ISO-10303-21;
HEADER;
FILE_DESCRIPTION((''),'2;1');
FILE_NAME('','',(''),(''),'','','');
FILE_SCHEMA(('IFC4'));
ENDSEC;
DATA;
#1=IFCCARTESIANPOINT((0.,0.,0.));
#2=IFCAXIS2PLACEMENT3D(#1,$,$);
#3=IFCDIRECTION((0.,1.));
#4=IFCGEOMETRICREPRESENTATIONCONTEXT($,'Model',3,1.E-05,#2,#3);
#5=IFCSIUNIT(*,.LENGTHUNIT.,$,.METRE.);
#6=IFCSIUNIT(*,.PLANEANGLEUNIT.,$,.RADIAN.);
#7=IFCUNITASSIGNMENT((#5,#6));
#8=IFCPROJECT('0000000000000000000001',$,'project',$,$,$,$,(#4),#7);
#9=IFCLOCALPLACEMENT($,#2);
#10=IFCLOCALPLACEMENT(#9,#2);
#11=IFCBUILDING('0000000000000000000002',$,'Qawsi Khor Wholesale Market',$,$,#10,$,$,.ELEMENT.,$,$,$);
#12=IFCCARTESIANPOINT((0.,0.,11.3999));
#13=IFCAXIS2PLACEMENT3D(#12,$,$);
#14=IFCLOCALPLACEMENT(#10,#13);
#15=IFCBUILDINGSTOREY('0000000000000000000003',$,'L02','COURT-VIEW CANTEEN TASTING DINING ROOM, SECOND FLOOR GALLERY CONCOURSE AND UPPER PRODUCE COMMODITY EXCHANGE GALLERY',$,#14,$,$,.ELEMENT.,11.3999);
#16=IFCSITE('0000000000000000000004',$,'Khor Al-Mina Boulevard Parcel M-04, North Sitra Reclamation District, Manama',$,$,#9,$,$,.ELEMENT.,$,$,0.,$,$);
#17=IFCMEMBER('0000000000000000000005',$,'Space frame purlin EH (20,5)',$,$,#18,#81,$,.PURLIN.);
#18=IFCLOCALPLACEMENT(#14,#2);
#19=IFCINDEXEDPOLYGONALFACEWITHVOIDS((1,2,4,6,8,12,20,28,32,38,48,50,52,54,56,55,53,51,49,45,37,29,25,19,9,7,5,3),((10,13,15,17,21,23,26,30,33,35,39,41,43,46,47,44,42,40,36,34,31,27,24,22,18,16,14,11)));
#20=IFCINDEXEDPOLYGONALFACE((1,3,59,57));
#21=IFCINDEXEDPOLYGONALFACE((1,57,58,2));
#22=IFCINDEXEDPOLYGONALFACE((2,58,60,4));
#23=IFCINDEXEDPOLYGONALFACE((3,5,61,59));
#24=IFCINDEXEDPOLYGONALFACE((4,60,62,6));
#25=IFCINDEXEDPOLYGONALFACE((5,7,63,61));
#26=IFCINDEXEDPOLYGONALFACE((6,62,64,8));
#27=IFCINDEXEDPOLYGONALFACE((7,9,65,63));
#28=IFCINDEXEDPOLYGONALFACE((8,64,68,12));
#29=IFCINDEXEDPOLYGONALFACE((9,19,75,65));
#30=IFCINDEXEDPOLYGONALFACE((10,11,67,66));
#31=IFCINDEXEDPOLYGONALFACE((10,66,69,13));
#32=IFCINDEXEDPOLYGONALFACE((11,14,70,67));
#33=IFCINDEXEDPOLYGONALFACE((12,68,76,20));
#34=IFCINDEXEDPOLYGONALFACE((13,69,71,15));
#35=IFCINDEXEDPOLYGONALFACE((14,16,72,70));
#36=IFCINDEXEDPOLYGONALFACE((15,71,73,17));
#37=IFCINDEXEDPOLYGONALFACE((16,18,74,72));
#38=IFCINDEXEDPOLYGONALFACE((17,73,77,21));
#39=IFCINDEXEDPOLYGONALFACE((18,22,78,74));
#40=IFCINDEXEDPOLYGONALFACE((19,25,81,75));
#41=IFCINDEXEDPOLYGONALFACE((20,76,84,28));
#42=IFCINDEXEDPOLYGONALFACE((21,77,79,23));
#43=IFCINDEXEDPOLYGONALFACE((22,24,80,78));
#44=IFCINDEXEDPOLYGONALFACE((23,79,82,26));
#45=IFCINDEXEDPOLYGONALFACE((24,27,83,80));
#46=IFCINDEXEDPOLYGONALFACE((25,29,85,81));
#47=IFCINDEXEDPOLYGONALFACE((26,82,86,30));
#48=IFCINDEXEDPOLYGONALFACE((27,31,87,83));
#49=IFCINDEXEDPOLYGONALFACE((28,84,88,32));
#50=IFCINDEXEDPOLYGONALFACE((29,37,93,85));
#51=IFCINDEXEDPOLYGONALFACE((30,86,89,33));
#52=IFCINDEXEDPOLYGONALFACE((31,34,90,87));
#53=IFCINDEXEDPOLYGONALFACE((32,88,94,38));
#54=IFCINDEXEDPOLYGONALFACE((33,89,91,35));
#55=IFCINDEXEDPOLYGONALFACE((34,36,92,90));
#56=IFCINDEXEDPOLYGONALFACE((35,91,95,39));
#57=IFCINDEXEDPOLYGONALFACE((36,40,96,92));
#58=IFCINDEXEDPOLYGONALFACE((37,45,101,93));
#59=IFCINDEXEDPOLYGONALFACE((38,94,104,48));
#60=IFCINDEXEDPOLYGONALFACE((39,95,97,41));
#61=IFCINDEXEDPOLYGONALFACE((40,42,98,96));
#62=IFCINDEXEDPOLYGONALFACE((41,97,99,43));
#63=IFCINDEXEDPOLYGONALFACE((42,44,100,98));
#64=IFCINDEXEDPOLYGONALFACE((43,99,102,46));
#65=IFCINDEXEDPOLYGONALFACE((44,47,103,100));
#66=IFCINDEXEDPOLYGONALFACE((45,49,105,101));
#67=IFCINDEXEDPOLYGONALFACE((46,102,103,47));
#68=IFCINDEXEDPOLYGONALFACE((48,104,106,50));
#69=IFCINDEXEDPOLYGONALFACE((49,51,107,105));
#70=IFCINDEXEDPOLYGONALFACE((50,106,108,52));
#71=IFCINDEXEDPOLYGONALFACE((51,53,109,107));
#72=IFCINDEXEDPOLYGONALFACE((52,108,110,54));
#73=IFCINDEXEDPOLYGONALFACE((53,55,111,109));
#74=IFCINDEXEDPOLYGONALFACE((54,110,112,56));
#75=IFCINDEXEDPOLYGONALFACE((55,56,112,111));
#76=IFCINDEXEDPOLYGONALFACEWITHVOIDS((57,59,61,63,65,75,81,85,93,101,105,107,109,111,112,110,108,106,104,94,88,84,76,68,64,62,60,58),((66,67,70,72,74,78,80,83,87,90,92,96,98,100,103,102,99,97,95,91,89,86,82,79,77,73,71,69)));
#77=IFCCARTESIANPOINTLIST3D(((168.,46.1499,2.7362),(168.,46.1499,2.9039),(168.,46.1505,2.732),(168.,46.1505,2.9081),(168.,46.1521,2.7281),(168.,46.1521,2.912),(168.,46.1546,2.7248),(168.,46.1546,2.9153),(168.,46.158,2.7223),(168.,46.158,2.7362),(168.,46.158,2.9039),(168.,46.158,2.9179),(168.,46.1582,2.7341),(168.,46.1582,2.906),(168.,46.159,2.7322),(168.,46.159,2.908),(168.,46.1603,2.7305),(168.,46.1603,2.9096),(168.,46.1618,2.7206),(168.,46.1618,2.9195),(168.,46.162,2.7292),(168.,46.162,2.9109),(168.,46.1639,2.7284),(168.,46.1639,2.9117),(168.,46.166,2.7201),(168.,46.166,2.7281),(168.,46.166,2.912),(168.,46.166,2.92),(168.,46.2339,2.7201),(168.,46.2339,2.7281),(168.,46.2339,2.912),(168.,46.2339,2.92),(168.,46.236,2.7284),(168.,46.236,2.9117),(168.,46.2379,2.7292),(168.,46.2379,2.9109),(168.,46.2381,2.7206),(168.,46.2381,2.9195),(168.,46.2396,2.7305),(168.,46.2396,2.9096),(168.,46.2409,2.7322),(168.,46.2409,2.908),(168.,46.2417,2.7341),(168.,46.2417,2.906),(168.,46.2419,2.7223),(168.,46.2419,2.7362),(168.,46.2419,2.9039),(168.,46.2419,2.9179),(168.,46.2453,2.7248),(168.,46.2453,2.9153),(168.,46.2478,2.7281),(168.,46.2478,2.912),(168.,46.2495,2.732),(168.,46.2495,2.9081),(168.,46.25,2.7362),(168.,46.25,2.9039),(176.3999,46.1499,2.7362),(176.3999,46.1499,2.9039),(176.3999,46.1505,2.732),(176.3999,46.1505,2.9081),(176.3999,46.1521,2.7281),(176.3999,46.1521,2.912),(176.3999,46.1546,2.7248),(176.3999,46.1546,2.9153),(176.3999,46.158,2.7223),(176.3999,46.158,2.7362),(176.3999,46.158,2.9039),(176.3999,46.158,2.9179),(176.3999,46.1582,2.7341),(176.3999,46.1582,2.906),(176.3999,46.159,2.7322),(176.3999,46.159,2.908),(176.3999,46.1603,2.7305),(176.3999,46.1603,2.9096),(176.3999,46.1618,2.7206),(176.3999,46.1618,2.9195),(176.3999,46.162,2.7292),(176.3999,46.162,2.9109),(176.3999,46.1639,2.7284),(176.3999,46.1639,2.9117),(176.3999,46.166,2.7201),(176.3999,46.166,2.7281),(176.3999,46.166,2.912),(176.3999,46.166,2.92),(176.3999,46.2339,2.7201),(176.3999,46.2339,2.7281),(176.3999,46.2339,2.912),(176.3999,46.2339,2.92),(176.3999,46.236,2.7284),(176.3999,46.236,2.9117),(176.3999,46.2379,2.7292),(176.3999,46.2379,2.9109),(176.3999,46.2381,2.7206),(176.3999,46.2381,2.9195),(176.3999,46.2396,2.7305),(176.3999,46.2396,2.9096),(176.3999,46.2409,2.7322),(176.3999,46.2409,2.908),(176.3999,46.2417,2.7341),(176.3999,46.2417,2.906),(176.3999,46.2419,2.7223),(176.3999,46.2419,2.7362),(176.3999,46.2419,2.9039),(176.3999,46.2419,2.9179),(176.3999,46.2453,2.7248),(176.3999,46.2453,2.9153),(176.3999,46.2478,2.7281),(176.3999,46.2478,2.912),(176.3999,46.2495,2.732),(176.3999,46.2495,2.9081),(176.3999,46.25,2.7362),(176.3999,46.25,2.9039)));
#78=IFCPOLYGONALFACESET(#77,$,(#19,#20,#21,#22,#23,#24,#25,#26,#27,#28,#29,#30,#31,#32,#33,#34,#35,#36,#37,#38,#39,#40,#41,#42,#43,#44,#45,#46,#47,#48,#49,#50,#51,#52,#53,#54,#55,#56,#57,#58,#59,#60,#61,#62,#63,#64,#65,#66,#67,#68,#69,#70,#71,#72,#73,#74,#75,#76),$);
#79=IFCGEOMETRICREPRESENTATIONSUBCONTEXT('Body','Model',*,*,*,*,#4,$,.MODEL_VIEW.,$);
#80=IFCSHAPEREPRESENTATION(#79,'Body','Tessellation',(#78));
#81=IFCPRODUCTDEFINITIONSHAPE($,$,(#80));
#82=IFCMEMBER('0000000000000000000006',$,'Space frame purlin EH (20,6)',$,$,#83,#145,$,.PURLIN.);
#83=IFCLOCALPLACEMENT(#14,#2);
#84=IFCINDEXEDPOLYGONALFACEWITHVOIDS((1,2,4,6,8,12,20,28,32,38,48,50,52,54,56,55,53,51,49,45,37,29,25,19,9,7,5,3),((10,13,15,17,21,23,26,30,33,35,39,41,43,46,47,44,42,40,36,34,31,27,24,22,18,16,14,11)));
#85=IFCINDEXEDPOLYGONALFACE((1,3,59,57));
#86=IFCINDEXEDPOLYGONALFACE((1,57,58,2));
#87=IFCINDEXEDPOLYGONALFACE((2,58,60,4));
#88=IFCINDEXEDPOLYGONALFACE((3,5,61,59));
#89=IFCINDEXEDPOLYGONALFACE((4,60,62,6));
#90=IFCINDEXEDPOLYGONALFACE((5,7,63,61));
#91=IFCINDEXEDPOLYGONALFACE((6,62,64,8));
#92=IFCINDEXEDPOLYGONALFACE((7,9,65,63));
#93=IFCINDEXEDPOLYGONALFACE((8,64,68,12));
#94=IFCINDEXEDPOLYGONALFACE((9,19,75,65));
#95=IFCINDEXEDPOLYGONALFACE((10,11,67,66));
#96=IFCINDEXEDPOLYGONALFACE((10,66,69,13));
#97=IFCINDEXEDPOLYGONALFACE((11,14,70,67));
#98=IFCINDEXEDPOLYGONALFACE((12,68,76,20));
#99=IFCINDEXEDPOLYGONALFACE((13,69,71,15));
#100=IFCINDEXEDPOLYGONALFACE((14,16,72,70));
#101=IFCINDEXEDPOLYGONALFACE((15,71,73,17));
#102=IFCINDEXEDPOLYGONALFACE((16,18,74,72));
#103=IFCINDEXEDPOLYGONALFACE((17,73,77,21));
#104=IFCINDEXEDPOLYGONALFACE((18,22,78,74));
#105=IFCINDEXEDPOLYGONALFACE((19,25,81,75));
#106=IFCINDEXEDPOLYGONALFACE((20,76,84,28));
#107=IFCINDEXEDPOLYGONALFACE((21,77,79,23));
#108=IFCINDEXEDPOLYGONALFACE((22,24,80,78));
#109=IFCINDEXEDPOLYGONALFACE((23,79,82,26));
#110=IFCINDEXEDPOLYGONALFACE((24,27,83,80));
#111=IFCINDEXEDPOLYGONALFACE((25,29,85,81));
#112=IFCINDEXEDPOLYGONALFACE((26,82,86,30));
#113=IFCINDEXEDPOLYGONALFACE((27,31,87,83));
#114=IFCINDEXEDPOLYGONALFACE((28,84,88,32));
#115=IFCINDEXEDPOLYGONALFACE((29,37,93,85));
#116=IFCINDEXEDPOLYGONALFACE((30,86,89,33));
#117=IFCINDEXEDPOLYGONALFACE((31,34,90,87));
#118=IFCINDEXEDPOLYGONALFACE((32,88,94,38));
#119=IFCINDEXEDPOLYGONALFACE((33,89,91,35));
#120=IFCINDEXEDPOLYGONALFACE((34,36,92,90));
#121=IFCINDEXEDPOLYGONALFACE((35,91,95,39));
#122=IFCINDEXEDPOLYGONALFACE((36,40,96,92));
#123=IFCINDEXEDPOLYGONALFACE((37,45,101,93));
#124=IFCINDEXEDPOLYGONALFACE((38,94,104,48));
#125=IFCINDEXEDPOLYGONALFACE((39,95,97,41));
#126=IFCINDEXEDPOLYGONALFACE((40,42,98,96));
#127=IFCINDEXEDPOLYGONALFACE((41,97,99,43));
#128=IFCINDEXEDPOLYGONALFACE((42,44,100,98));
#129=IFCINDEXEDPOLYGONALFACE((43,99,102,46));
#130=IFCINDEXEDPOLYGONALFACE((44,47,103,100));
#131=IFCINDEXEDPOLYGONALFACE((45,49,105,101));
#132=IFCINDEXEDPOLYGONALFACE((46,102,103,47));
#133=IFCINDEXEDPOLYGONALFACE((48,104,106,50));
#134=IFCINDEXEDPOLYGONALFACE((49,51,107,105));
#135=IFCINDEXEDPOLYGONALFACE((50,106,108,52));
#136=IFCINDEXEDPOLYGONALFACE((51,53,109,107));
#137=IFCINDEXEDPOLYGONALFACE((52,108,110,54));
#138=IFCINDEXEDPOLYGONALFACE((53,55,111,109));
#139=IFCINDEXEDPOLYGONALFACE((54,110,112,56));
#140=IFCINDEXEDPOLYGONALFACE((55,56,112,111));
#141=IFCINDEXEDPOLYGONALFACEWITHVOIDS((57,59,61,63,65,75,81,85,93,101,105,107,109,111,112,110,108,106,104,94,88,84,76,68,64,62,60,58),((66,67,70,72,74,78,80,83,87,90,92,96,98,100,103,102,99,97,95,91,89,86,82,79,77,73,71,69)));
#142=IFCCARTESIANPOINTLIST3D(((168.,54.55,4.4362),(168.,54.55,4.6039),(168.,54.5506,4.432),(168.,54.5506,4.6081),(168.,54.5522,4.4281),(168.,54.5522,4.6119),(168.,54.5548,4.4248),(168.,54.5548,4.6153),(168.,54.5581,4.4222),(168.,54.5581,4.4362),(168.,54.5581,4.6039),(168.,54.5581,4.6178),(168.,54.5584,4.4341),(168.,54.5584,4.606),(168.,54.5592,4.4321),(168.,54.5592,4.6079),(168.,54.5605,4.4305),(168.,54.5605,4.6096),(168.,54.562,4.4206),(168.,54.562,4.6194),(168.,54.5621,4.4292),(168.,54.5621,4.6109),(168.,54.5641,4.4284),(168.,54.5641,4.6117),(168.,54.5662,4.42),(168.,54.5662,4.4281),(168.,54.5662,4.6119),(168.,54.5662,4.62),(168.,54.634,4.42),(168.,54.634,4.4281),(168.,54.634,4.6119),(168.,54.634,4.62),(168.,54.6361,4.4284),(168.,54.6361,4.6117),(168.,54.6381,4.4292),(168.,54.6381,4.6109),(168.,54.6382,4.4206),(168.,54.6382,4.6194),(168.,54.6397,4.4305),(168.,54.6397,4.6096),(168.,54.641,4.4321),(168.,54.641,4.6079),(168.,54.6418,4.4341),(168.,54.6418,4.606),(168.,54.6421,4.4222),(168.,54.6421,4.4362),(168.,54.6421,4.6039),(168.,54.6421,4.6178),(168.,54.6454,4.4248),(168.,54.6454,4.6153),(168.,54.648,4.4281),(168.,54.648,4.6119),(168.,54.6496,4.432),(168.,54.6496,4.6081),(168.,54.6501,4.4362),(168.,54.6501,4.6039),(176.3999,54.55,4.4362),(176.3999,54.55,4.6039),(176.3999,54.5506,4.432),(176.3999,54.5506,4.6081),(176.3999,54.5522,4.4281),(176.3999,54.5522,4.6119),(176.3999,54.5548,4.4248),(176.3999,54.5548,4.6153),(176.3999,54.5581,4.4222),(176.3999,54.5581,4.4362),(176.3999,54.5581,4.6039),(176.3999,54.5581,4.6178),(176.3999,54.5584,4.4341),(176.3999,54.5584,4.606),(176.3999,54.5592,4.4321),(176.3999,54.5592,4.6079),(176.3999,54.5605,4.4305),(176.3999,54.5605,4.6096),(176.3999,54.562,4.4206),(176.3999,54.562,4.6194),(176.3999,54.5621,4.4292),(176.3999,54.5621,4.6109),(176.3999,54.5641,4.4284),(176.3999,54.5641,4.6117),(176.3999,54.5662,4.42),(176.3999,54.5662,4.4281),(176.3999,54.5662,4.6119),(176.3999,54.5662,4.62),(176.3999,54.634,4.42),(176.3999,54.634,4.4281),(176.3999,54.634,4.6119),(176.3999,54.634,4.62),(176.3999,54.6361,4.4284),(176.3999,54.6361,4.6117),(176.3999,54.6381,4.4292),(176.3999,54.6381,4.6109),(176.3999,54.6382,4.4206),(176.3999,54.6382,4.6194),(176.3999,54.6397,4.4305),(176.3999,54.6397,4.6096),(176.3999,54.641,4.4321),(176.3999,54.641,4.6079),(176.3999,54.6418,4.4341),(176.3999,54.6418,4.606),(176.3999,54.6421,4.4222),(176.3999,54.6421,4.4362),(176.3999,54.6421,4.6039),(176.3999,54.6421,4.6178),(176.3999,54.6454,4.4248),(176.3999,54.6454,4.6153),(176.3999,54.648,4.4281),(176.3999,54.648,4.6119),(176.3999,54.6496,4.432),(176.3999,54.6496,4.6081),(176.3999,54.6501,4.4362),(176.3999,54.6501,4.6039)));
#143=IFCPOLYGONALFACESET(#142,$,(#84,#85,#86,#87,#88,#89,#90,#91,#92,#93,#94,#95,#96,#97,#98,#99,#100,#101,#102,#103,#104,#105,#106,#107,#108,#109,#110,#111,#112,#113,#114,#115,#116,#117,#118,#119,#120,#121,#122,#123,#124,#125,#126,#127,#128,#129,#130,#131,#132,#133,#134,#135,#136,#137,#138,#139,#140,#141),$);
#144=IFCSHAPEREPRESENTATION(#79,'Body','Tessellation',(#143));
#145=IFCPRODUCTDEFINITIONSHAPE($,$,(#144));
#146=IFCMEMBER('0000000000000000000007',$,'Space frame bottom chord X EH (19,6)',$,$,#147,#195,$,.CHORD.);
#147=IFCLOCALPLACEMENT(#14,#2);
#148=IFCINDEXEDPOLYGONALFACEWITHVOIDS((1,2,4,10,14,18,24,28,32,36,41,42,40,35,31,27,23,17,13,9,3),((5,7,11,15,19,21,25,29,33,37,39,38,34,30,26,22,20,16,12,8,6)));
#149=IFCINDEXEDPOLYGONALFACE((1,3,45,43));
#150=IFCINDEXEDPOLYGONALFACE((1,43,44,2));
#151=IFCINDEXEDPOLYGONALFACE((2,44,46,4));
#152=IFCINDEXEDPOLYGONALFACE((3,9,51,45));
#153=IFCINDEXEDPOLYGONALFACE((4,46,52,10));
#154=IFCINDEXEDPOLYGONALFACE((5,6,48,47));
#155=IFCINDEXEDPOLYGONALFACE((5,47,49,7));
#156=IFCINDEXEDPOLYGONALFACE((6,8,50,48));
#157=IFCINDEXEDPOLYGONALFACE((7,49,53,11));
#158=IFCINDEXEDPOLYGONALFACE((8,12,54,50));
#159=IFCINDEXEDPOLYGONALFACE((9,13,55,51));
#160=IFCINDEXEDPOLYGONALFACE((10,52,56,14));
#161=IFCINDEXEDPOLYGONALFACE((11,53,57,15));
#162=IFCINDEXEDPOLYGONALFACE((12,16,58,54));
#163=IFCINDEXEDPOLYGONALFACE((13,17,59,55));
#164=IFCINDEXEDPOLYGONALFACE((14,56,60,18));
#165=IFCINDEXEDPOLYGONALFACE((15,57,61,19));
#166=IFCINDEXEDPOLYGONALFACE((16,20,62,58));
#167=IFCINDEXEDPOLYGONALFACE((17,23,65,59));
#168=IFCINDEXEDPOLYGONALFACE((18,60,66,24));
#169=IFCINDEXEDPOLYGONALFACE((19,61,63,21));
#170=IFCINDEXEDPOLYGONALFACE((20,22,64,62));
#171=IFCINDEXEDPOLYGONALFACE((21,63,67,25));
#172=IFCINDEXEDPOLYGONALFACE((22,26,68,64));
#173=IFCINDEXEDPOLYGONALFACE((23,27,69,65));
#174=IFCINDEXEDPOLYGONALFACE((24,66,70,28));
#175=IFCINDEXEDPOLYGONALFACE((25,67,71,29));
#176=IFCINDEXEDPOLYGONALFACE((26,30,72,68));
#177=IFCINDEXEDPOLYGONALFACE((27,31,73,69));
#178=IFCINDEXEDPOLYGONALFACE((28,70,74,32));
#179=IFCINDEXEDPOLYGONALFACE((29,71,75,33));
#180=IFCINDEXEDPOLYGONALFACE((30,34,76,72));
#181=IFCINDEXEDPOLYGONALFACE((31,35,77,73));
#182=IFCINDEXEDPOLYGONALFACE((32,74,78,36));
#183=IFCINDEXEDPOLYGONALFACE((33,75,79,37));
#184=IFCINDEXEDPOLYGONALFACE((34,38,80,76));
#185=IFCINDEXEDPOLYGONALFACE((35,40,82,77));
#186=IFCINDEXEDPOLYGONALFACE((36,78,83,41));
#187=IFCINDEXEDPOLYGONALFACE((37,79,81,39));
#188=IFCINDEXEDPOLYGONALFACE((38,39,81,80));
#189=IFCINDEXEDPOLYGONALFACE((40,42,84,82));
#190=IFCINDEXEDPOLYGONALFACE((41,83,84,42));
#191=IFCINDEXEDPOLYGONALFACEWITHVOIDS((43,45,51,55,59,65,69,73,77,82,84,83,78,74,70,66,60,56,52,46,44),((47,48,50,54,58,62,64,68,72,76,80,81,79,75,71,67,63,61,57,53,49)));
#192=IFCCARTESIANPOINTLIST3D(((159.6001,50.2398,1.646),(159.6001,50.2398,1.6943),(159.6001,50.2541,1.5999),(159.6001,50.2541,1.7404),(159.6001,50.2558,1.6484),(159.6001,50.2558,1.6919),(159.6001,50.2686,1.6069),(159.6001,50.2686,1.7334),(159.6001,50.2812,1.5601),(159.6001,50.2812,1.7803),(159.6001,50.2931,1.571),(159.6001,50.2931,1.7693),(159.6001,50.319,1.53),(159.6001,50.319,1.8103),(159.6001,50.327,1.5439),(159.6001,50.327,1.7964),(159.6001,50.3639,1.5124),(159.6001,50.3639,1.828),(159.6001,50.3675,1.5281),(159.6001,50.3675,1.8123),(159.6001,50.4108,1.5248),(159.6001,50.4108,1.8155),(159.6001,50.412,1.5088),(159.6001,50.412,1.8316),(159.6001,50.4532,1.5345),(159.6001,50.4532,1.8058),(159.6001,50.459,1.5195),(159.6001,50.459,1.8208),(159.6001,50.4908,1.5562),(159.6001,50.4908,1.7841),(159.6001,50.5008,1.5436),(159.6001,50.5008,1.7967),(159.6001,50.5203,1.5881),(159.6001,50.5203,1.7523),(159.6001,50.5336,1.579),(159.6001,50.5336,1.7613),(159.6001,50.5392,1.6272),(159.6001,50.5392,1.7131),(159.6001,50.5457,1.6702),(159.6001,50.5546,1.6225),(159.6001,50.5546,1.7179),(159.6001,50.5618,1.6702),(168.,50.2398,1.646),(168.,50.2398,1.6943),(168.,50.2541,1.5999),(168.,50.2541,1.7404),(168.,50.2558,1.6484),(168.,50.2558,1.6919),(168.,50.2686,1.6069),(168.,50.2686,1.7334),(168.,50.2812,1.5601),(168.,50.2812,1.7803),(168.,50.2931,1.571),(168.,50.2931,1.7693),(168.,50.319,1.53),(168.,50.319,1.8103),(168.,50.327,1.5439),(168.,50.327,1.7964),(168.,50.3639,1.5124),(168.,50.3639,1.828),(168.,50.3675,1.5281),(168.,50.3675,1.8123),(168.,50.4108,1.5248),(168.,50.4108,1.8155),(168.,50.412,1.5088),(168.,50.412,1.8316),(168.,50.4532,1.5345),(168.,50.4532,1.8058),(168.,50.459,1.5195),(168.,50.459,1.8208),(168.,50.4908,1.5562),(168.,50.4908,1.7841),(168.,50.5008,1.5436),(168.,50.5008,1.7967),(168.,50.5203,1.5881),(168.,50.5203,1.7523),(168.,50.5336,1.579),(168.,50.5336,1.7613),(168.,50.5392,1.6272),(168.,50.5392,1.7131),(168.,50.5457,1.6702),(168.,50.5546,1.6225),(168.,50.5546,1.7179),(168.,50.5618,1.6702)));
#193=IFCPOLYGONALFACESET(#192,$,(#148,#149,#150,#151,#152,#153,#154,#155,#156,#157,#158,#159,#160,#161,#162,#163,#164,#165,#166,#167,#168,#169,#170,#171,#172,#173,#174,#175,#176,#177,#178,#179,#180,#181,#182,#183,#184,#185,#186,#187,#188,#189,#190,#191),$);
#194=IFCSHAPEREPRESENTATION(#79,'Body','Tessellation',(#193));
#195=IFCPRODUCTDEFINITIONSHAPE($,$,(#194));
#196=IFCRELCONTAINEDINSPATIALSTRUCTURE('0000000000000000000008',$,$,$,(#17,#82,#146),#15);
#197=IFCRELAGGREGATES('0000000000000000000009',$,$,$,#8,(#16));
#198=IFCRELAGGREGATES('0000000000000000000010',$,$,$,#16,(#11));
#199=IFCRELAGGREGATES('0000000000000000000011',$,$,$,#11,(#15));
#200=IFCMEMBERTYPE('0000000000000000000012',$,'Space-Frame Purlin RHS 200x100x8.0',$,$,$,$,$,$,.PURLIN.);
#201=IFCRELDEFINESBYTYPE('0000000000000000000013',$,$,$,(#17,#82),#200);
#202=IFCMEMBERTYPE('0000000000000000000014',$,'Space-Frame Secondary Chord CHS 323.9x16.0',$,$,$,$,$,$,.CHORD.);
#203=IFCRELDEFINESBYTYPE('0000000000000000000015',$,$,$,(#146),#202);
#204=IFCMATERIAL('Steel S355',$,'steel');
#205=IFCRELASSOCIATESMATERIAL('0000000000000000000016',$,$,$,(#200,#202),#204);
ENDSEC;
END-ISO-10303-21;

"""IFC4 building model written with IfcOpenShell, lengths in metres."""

from ifc_helpers import new_model, si_unit, direction, frame, origin, origin_2d, place, context, subcontext, project, spatial, hollow_rectangle, hollow_circle, extrude, material, material_profile, profile_set, type_object, element, save


model = new_model("IFC4")

# Units and contexts
model_context = context("Model", 3, precision=1e-05, world=origin(), true_north=direction((0.0, 1.0)))
body_context = subcontext(model_context, "Body", "Model", "MODEL_VIEW")
ifc_project = project(units=[si_unit("LENGTHUNIT", "METRE"), si_unit("PLANEANGLEUNIT", "RADIAN")], contexts=[model_context])

# Site, building, storey
site_placement = place(None, origin())
site = spatial("IfcSite", under=ifc_project, at=site_placement, Name="Khor Al-Mina Boulevard Parcel M-04, North Sitra Reclamation District, Manama", CompositionType="ELEMENT", RefElevation=0.0)
building_placement = place(site_placement, origin())
building = spatial("IfcBuilding", under=site, at=building_placement, Name="Qawsi Khor Wholesale Market", CompositionType="ELEMENT")
storey_placement = place(building_placement, frame((0.0, 0.0, 11.3999)))
storey = spatial("IfcBuildingStorey", under=building, at=storey_placement, Name="L02", Description="COURT-VIEW CANTEEN TASTING DINING ROOM, SECOND FLOOR GALLERY CONCOURSE AND UPPER PRODUCE COMMODITY EXCHANGE GALLERY", CompositionType="ELEMENT", Elevation=11.3999)

# Members
ifc_material_1 = material(Name="Steel S355", Category="steel")
ifc_material_profile_1 = material_profile(ifc_material_1, hollow_rectangle(XDim=0.1001, YDim=0.2, WallThickness=0.0081, InnerFilletRadius=0.0081, OuterFilletRadius=0.0161, at=origin_2d()), Name="RHS 200x100x8.0")
ifc_profile_set_1 = profile_set([ifc_material_profile_1], Name="Steel S355")
member_type_1 = type_object("IfcMemberType", Name="Space-Frame Purlin RHS 200x100x8.0", PredefinedType="PURLIN", material=ifc_profile_set_1)
for number, where, z_axis, x_axis, name in (
    (1, (168.0, 46.2, 2.8201), (1.0, 0.0, 0.0), (0.0, 1.0, 0.0), "Space frame purlin EH (20,5)"),
    (2, (168.0, 54.6001, 4.52), (1.0, 0.0, 0.0), (0.0, 1.0, 0.0), "Space frame purlin EH (20,6)"),
):
    element("IfcMember", number, at=place(storey_placement, frame(where, z_axis=z_axis, x_axis=x_axis)), inside=storey, type_object=member_type_1, Name=name, PredefinedType="PURLIN", context=body_context, shape_type="SweptSolid", body=[
        extrude(hollow_rectangle(XDim=0.1001, YDim=0.2, WallThickness=0.0081, InnerFilletRadius=0.0081, OuterFilletRadius=0.0161, at=origin_2d()), origin(), (0.0, 0.0, 1.0), 8.3999),
    ])
ifc_material_profile_2 = material_profile(ifc_material_1, hollow_circle(Radius=0.1619, WallThickness=0.0161, at=origin_2d()), Name="CHS 323.9x16.0")
ifc_profile_set_2 = profile_set([ifc_material_profile_2], Name="Steel S355")
member_type_2 = type_object("IfcMemberType", Name="Space-Frame Secondary Chord CHS 323.9x16.0", PredefinedType="CHORD", material=ifc_profile_set_2)
for number, where, z_axis, x_axis, name in (
    (3, (159.6001, 50.3999, 1.6702), (1.0, 0.0, 0.0), (0.0, 1.0, 0.0), "Space frame bottom chord X EH (19,6)"),
):
    element("IfcMember", number, at=place(storey_placement, frame(where, z_axis=z_axis, x_axis=x_axis)), inside=storey, type_object=member_type_2, Name=name, PredefinedType="CHORD", context=body_context, shape_type="SweptSolid", body=[
        extrude(hollow_circle(Radius=0.1619, WallThickness=0.0161, at=origin_2d()), origin(), (0.0, 0.0, 1.0), 8.3999),
    ])

save(model, "model.ifc")
